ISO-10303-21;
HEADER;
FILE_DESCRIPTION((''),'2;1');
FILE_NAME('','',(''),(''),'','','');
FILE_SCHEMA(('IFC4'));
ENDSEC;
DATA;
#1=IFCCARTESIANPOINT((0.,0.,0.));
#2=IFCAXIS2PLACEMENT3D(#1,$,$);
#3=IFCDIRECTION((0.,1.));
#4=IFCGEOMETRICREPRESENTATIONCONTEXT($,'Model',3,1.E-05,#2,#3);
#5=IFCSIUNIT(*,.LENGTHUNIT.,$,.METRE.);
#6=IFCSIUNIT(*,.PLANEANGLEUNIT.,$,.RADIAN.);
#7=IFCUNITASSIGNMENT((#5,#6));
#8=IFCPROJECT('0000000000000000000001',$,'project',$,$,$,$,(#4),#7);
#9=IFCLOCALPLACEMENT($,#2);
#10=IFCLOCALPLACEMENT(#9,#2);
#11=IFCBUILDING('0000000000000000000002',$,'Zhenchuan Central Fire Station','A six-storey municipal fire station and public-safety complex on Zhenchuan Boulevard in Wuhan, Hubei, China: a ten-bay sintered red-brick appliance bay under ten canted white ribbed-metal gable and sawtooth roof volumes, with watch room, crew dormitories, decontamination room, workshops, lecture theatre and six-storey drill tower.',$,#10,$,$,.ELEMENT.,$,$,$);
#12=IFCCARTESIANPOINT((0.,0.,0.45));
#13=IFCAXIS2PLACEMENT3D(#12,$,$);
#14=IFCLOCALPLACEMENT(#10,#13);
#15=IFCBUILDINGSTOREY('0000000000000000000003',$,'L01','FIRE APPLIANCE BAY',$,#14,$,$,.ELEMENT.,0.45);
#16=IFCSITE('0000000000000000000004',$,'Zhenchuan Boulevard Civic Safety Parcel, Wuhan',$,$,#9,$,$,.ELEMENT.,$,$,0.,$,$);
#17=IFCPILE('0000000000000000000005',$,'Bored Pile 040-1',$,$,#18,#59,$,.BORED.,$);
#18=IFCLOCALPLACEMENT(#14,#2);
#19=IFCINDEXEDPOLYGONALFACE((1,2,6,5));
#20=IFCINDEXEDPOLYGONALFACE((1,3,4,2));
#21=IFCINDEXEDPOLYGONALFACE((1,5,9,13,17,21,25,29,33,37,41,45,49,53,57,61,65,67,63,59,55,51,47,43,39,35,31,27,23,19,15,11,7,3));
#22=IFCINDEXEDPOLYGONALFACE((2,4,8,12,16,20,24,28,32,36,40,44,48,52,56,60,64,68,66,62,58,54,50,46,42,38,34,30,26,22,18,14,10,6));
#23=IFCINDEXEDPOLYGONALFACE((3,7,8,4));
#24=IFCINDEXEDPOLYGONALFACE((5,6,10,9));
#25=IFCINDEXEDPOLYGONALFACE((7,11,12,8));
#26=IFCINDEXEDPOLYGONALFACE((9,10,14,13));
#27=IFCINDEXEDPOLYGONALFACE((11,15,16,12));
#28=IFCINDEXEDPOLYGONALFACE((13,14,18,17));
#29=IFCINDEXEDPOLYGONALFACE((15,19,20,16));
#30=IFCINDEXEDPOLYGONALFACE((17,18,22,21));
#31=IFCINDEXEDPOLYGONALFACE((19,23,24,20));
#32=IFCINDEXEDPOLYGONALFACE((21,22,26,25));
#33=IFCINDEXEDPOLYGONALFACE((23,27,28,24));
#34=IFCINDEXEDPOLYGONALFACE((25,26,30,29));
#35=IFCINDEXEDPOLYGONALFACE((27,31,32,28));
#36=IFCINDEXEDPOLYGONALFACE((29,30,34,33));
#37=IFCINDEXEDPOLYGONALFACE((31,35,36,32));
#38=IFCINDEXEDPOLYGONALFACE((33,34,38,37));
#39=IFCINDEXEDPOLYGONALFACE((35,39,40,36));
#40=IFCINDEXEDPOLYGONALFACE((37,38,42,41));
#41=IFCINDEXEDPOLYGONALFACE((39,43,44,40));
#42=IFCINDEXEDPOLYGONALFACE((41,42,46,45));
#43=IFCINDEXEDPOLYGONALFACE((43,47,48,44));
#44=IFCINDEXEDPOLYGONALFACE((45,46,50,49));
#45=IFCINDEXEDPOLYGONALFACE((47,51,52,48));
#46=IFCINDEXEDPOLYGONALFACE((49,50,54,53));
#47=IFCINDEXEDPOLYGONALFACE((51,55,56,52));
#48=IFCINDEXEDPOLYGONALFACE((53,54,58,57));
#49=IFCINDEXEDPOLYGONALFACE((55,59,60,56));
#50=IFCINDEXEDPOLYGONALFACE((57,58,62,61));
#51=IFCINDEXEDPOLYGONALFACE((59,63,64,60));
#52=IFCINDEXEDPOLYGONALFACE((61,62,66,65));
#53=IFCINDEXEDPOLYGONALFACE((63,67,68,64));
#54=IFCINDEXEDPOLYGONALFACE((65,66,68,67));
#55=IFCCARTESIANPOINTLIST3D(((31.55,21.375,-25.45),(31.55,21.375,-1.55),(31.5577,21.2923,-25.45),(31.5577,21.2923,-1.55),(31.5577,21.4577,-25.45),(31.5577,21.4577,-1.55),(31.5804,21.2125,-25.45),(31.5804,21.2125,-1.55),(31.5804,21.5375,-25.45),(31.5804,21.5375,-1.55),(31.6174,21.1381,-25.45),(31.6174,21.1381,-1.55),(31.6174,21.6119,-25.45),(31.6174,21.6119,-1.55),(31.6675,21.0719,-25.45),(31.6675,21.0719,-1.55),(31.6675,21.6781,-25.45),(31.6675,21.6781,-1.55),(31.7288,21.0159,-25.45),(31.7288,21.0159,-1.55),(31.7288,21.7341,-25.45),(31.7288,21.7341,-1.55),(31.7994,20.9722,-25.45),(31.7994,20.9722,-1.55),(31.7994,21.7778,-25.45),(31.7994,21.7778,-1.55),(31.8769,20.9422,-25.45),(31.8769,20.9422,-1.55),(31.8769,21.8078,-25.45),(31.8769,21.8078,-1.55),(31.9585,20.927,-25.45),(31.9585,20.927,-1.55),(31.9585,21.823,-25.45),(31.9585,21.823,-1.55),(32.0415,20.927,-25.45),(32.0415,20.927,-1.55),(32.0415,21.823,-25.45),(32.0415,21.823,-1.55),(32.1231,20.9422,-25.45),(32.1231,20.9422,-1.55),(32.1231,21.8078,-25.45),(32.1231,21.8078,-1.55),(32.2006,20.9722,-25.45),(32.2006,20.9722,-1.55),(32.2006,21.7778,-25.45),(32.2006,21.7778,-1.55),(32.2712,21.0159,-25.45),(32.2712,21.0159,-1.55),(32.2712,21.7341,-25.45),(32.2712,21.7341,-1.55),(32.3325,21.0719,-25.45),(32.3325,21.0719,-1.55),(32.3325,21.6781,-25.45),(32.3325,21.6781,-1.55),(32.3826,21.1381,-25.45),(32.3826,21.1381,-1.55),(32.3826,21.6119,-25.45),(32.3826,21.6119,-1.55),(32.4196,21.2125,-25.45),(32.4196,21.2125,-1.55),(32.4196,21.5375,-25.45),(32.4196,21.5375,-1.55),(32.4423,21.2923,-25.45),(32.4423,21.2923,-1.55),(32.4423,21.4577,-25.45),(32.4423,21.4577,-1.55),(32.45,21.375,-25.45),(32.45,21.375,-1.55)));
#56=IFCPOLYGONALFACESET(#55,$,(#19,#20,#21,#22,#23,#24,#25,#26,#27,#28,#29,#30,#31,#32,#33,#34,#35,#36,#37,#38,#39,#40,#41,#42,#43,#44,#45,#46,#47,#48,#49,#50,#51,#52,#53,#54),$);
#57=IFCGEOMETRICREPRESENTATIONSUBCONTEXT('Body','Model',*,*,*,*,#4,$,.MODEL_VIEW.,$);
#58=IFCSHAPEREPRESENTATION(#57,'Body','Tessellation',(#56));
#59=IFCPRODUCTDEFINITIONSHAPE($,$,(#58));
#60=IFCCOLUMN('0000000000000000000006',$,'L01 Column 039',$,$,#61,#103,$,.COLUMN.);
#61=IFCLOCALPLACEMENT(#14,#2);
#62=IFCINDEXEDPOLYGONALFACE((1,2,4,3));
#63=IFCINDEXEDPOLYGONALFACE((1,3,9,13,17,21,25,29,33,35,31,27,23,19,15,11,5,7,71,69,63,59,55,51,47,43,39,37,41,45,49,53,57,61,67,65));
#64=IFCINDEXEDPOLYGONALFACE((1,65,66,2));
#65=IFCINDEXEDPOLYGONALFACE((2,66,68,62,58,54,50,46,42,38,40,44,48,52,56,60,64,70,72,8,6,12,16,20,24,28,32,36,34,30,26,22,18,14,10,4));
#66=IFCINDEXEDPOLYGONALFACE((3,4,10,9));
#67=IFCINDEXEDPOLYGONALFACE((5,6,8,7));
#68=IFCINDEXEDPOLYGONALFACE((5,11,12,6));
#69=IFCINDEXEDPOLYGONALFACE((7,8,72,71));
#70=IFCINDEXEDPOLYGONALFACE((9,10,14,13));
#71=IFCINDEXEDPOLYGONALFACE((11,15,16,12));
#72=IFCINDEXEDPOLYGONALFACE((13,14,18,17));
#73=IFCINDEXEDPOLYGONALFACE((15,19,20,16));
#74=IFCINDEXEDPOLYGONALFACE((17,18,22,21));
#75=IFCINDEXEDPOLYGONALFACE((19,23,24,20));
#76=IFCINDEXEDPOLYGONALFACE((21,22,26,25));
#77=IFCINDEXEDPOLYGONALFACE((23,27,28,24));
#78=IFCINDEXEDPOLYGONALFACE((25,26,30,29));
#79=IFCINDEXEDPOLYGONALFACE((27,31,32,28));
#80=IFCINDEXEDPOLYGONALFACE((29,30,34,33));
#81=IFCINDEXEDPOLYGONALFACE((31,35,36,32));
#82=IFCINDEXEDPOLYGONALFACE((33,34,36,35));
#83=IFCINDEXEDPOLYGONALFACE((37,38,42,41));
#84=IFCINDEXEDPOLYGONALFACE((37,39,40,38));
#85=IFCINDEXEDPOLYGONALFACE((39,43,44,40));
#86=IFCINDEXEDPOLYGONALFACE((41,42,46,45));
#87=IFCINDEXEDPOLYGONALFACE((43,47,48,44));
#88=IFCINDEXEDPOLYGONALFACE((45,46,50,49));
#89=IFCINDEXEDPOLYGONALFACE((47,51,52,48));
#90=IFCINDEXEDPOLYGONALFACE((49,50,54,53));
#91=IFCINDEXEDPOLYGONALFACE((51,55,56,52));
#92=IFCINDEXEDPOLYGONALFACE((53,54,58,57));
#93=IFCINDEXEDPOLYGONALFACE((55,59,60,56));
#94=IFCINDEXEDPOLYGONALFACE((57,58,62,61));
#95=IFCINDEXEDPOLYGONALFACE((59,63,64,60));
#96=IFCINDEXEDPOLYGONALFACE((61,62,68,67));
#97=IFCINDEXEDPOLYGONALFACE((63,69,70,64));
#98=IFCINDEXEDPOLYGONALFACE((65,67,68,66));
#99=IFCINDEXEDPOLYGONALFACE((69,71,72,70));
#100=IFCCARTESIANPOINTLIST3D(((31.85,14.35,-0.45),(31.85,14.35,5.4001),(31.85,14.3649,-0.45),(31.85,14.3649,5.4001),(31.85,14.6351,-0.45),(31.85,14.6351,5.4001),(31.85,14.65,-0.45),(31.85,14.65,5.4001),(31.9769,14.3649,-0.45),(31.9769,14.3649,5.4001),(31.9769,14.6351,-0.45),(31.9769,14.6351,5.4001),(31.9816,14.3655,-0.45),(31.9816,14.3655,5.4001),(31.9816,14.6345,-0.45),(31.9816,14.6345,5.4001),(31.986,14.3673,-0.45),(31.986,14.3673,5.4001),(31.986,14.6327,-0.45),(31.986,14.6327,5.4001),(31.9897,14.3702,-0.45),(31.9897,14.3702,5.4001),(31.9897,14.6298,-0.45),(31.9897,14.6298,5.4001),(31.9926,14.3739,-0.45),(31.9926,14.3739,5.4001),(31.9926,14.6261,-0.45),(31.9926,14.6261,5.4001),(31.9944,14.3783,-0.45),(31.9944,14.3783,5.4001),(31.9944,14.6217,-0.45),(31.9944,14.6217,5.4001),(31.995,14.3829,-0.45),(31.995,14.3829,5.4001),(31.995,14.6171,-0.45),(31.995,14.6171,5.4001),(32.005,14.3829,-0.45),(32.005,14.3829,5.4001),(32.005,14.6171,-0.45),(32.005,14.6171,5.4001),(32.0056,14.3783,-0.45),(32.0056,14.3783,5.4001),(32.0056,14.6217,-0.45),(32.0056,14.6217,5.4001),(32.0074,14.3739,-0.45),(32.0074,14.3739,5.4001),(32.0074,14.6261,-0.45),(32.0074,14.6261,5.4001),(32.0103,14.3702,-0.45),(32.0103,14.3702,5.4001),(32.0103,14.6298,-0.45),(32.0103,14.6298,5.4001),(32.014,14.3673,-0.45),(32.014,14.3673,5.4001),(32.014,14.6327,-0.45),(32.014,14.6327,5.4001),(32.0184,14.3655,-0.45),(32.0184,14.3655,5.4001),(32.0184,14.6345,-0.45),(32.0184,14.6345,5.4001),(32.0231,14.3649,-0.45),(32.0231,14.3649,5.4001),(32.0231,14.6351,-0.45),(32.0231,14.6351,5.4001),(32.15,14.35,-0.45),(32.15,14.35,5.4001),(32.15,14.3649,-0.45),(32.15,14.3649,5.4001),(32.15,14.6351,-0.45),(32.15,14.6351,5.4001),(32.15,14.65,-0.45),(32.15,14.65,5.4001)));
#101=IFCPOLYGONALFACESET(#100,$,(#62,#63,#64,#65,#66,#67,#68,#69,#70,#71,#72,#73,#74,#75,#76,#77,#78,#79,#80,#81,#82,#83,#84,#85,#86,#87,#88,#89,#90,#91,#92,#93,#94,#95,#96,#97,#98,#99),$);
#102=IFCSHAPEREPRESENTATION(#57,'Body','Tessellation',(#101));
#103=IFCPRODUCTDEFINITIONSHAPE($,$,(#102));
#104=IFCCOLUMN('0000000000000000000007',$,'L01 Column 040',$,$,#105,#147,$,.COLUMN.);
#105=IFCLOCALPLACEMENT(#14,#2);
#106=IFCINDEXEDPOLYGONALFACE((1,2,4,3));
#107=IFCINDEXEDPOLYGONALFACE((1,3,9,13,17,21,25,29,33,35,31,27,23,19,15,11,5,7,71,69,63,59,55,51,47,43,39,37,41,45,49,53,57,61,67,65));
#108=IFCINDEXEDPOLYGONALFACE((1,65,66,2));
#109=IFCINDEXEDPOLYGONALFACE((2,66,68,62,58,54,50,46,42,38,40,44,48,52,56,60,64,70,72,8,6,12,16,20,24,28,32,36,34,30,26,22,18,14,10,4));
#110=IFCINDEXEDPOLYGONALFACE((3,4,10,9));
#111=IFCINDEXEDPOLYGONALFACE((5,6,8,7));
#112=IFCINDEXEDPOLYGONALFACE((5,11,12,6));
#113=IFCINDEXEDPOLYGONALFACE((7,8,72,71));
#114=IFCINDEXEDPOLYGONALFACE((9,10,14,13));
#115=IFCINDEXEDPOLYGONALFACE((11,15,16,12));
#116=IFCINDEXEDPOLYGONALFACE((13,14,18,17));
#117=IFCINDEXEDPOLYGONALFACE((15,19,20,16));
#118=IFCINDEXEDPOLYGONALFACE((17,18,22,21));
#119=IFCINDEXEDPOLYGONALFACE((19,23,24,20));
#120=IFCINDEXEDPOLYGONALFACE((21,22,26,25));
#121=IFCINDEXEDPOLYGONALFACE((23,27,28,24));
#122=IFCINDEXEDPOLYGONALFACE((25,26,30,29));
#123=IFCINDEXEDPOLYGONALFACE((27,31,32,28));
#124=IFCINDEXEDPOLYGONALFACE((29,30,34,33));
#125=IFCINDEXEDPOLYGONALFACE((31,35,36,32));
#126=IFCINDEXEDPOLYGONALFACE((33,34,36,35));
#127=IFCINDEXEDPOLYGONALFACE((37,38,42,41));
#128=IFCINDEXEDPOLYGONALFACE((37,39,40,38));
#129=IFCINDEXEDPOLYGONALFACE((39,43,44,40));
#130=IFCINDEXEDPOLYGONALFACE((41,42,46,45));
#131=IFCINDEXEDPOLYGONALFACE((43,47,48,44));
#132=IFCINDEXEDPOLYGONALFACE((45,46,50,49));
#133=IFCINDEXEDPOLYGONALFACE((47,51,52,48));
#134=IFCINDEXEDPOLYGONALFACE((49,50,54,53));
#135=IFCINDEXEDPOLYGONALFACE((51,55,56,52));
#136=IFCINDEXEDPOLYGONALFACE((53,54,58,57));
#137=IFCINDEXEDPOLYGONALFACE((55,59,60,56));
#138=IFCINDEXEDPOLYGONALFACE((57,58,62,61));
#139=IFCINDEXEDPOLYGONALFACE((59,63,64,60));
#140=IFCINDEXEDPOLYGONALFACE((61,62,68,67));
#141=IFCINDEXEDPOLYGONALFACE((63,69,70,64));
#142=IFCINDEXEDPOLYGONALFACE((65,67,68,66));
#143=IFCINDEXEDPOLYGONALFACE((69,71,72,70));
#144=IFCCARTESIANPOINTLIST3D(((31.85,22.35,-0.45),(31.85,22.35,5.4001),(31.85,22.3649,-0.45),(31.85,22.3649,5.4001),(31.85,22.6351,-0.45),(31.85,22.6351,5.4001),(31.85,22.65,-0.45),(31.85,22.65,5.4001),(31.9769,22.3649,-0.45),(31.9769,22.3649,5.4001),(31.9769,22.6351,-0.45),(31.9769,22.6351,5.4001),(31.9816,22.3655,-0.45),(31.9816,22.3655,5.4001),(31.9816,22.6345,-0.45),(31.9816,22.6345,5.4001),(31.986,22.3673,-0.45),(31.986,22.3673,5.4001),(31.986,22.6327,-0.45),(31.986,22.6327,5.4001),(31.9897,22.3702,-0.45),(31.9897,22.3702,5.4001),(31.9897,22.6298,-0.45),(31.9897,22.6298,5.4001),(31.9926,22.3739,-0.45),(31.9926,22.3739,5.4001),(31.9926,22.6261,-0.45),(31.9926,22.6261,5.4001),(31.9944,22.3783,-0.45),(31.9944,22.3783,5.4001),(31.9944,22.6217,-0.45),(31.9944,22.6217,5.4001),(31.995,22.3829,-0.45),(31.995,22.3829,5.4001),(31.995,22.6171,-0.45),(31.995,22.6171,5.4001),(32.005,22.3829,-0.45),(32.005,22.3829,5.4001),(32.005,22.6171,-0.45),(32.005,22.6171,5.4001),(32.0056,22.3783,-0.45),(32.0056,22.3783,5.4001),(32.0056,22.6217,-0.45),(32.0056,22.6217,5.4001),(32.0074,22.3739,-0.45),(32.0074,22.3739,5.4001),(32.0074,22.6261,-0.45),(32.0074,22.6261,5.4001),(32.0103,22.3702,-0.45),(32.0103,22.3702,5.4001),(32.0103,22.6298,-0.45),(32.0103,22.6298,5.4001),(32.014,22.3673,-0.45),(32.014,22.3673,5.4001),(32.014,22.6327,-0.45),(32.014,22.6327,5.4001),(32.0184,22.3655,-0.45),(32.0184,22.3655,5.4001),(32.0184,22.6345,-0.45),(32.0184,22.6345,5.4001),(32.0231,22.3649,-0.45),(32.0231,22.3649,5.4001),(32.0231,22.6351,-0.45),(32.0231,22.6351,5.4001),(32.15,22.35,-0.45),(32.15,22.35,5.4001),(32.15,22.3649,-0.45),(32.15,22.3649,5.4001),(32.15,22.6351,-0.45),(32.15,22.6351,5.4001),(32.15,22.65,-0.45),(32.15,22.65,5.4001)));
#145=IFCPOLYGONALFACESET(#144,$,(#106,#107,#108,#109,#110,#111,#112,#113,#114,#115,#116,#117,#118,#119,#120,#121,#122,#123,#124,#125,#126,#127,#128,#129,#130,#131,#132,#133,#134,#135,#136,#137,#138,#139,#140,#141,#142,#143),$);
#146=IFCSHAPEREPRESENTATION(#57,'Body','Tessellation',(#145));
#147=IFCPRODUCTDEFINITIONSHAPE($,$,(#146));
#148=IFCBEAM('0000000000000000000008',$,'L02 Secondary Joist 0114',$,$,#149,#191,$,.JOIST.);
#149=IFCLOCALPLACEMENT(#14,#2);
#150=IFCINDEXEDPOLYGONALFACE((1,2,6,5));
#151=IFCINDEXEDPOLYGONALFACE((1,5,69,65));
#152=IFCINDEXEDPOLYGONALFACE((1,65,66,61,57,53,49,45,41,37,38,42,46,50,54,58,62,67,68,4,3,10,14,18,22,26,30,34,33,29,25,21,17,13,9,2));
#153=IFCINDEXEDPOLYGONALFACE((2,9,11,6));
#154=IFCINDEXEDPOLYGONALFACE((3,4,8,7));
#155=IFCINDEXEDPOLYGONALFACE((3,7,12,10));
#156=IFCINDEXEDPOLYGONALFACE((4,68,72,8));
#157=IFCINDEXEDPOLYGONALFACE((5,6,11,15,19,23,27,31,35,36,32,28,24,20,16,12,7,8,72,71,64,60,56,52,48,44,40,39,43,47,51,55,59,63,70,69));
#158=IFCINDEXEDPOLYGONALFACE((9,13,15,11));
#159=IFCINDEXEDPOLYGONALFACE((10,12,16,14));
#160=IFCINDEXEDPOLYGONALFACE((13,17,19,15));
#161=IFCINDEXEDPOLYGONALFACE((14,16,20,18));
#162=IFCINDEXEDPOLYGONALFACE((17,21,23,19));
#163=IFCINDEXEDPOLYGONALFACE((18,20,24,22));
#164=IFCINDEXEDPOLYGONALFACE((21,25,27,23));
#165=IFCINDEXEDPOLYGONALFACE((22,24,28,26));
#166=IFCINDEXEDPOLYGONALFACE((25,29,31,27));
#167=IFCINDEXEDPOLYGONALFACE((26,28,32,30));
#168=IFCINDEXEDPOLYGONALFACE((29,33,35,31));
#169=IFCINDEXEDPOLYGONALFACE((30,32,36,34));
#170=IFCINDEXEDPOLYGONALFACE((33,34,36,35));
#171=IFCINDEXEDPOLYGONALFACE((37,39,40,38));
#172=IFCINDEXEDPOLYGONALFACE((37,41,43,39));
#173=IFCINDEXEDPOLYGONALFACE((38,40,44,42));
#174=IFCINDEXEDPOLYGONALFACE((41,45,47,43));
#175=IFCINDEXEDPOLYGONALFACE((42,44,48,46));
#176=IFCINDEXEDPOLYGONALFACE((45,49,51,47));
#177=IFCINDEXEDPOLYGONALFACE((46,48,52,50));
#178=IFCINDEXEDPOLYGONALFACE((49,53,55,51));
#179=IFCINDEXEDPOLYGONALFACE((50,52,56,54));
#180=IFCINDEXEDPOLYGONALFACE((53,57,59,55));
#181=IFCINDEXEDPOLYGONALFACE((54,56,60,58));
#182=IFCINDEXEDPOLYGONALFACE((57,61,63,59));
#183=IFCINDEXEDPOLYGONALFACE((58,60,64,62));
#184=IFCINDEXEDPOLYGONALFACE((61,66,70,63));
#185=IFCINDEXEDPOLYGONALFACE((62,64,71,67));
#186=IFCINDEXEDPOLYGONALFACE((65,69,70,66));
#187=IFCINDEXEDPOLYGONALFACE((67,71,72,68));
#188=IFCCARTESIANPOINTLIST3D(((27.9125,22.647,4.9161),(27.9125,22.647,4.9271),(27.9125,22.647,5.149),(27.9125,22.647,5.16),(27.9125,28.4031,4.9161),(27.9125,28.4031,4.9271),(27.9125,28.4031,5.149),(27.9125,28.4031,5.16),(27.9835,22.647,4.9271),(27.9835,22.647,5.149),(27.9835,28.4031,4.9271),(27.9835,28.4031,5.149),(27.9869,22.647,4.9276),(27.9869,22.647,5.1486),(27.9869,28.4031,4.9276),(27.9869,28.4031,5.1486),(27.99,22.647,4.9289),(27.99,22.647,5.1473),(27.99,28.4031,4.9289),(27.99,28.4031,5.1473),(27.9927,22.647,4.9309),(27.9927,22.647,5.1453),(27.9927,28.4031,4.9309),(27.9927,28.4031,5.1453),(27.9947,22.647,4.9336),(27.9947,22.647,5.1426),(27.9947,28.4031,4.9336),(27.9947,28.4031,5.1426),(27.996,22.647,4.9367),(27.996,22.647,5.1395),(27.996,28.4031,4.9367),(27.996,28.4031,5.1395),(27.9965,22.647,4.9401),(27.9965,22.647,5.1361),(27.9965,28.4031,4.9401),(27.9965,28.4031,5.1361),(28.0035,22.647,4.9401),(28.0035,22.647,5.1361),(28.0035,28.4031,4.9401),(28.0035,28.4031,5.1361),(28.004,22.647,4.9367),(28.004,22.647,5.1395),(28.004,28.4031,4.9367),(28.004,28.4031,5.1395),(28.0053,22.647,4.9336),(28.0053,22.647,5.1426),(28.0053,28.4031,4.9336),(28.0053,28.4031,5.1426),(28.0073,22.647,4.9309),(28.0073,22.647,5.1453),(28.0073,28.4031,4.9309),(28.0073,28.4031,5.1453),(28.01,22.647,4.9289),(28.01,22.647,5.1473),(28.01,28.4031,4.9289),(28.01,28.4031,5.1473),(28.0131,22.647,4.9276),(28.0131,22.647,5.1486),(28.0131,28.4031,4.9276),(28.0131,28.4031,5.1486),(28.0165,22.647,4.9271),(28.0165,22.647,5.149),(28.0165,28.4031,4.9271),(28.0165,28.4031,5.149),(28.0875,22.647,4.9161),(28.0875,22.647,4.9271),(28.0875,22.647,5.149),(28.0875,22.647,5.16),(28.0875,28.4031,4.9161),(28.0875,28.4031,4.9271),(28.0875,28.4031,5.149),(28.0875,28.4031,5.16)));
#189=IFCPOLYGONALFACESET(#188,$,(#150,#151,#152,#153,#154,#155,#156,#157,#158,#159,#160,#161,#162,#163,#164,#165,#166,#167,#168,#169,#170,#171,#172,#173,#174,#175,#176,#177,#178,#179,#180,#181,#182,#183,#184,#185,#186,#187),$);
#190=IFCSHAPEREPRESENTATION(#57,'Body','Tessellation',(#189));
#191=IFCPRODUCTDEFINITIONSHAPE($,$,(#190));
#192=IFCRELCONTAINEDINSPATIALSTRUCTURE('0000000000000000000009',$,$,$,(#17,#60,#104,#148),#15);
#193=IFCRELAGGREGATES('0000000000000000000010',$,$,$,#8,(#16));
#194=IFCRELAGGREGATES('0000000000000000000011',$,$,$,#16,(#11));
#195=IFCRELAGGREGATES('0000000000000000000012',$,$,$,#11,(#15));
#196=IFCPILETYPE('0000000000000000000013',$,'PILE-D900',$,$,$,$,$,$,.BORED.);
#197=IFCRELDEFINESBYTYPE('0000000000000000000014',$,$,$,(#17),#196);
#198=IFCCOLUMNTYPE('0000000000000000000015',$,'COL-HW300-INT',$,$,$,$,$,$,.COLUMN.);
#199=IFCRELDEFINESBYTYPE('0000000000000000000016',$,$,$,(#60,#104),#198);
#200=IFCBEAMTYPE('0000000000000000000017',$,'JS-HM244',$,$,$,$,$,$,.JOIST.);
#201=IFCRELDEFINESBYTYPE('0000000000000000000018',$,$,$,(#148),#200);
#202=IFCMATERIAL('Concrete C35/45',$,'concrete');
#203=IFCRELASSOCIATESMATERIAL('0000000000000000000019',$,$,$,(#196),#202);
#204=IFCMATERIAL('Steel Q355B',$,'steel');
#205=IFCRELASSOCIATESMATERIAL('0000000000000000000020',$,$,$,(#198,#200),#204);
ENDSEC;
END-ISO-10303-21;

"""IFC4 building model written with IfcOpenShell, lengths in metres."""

from ifc_helpers import new_model, si_unit, direction, frame, origin, origin_2d, place, context, subcontext, project, spatial, circle, i_section, extrude, material, material_profile, profile_set, type_object, element, save


model = new_model("IFC4")

# Units and contexts
model_context = context("Model", 3, precision=1e-05, world=origin(), true_north=direction((0.0, 1.0)))
body_context = subcontext(model_context, "Body", "Model", "MODEL_VIEW")
ifc_project = project(units=[si_unit("LENGTHUNIT", "METRE"), si_unit("PLANEANGLEUNIT", "RADIAN")], contexts=[model_context])

# Site, building, storey
site_placement = place(None, origin())
site = spatial("IfcSite", under=ifc_project, at=site_placement, Name="Zhenchuan Boulevard Civic Safety Parcel, Wuhan", CompositionType="ELEMENT", RefElevation=0.0)
building_placement = place(site_placement, origin())
building = spatial("IfcBuilding", under=site, at=building_placement, Name="Zhenchuan Central Fire Station", Description="A six-storey municipal fire station and public-safety complex on Zhenchuan Boulevard in Wuhan, Hubei, China: a ten-bay sintered red-brick appliance bay under ten canted white ribbed-metal gable and sawtooth roof volumes, with watch room, crew dormitories, decontamination room, workshops, lecture theatre and six-storey drill tower.", CompositionType="ELEMENT")
storey_placement = place(building_placement, frame((0.0, 0.0, 0.45)))
storey = spatial("IfcBuildingStorey", under=building, at=storey_placement, Name="L01", Description="FIRE APPLIANCE BAY", CompositionType="ELEMENT", Elevation=0.45)

# Pile
ifc_material_1 = material(Name="Concrete C35/45", Category="concrete")
ifc_material_profile_1 = material_profile(ifc_material_1, circle(Radius=0.45, at=origin_2d()), Name="PILE D900")
ifc_profile_set_1 = profile_set([ifc_material_profile_1], Name="Concrete C35/45")
pile_type_1 = type_object("IfcPileType", Name="PILE-D900", PredefinedType="BORED", material=ifc_profile_set_1)
pile_1_placement = place(storey_placement, frame((32.0, 21.375, -1.55), z_axis=(0.0, 0.0, -1.0), x_axis=(1.0, 0.0, 0.0)))
element("IfcPile", 1, at=pile_1_placement, inside=storey, type_object=pile_type_1, Name="Bored Pile 040-1", PredefinedType="BORED", context=body_context, shape_type="SweptSolid", body=[
    extrude(circle(Radius=0.45, at=origin_2d()), origin(), (0.0, 0.0, 1.0), 23.8999),
])

# Columns
ifc_material_2 = material(Name="Steel Q355B", Category="steel")
ifc_material_profile_2 = material_profile(ifc_material_2, i_section(OverallWidth=0.3, OverallDepth=0.3, WebThickness=0.01, FlangeThickness=0.0149, FilletRadius=0.0181, at=origin_2d()), Name="HW 300x300")
ifc_profile_set_2 = profile_set([ifc_material_profile_2], Name="Steel Q355B")
column_type = type_object("IfcColumnType", Name="COL-HW300-INT", PredefinedType="COLUMN", material=ifc_profile_set_2)
for number, where, z_axis, x_axis, name in (
    (2, (32.0, 14.5, -0.45), (0.0, 0.0, 1.0), (1.0, 0.0, 0.0), "L01 Column 039"),
    (3, (32.0, 22.5, -0.45), (0.0, 0.0, 1.0), (1.0, 0.0, 0.0), "L01 Column 040"),
):
    element("IfcColumn", number, at=place(storey_placement, frame(where, z_axis=z_axis, x_axis=x_axis)), inside=storey, type_object=column_type, Name=name, PredefinedType="COLUMN", context=body_context, shape_type="SweptSolid", body=[
        extrude(i_section(OverallWidth=0.3, OverallDepth=0.3, WebThickness=0.01, FlangeThickness=0.0149, FilletRadius=0.0181, at=origin_2d()), origin(), (0.0, 0.0, 1.0), 5.8501),
    ])

# Beam
ifc_material_profile_3 = material_profile(ifc_material_2, i_section(OverallWidth=0.175, OverallDepth=0.2439, WebThickness=0.0071, FlangeThickness=0.011, FilletRadius=0.0129, at=origin_2d()), Name="HM 244x175")
ifc_profile_set_3 = profile_set([ifc_material_profile_3], Name="Steel Q355B")
beam_type_1 = type_object("IfcBeamType", Name="JS-HM244", PredefinedType="JOIST", material=ifc_profile_set_3)
beam_1_placement = place(storey_placement, frame((28.0, 22.647, 5.0381), z_axis=(0.0, 1.0, 0.0), x_axis=(-1.0, 0.0, 0.0)))
element("IfcBeam", 4, at=beam_1_placement, inside=storey, type_object=beam_type_1, Name="L02 Secondary Joist 0114", PredefinedType="JOIST", context=body_context, shape_type="SweptSolid", body=[
    extrude(i_section(OverallWidth=0.175, OverallDepth=0.2439, WebThickness=0.0071, FlangeThickness=0.011, FilletRadius=0.0129, at=origin_2d()), origin(), (0.0, 0.0, 1.0), 5.7561),
])

save(model, "model.ifc")
